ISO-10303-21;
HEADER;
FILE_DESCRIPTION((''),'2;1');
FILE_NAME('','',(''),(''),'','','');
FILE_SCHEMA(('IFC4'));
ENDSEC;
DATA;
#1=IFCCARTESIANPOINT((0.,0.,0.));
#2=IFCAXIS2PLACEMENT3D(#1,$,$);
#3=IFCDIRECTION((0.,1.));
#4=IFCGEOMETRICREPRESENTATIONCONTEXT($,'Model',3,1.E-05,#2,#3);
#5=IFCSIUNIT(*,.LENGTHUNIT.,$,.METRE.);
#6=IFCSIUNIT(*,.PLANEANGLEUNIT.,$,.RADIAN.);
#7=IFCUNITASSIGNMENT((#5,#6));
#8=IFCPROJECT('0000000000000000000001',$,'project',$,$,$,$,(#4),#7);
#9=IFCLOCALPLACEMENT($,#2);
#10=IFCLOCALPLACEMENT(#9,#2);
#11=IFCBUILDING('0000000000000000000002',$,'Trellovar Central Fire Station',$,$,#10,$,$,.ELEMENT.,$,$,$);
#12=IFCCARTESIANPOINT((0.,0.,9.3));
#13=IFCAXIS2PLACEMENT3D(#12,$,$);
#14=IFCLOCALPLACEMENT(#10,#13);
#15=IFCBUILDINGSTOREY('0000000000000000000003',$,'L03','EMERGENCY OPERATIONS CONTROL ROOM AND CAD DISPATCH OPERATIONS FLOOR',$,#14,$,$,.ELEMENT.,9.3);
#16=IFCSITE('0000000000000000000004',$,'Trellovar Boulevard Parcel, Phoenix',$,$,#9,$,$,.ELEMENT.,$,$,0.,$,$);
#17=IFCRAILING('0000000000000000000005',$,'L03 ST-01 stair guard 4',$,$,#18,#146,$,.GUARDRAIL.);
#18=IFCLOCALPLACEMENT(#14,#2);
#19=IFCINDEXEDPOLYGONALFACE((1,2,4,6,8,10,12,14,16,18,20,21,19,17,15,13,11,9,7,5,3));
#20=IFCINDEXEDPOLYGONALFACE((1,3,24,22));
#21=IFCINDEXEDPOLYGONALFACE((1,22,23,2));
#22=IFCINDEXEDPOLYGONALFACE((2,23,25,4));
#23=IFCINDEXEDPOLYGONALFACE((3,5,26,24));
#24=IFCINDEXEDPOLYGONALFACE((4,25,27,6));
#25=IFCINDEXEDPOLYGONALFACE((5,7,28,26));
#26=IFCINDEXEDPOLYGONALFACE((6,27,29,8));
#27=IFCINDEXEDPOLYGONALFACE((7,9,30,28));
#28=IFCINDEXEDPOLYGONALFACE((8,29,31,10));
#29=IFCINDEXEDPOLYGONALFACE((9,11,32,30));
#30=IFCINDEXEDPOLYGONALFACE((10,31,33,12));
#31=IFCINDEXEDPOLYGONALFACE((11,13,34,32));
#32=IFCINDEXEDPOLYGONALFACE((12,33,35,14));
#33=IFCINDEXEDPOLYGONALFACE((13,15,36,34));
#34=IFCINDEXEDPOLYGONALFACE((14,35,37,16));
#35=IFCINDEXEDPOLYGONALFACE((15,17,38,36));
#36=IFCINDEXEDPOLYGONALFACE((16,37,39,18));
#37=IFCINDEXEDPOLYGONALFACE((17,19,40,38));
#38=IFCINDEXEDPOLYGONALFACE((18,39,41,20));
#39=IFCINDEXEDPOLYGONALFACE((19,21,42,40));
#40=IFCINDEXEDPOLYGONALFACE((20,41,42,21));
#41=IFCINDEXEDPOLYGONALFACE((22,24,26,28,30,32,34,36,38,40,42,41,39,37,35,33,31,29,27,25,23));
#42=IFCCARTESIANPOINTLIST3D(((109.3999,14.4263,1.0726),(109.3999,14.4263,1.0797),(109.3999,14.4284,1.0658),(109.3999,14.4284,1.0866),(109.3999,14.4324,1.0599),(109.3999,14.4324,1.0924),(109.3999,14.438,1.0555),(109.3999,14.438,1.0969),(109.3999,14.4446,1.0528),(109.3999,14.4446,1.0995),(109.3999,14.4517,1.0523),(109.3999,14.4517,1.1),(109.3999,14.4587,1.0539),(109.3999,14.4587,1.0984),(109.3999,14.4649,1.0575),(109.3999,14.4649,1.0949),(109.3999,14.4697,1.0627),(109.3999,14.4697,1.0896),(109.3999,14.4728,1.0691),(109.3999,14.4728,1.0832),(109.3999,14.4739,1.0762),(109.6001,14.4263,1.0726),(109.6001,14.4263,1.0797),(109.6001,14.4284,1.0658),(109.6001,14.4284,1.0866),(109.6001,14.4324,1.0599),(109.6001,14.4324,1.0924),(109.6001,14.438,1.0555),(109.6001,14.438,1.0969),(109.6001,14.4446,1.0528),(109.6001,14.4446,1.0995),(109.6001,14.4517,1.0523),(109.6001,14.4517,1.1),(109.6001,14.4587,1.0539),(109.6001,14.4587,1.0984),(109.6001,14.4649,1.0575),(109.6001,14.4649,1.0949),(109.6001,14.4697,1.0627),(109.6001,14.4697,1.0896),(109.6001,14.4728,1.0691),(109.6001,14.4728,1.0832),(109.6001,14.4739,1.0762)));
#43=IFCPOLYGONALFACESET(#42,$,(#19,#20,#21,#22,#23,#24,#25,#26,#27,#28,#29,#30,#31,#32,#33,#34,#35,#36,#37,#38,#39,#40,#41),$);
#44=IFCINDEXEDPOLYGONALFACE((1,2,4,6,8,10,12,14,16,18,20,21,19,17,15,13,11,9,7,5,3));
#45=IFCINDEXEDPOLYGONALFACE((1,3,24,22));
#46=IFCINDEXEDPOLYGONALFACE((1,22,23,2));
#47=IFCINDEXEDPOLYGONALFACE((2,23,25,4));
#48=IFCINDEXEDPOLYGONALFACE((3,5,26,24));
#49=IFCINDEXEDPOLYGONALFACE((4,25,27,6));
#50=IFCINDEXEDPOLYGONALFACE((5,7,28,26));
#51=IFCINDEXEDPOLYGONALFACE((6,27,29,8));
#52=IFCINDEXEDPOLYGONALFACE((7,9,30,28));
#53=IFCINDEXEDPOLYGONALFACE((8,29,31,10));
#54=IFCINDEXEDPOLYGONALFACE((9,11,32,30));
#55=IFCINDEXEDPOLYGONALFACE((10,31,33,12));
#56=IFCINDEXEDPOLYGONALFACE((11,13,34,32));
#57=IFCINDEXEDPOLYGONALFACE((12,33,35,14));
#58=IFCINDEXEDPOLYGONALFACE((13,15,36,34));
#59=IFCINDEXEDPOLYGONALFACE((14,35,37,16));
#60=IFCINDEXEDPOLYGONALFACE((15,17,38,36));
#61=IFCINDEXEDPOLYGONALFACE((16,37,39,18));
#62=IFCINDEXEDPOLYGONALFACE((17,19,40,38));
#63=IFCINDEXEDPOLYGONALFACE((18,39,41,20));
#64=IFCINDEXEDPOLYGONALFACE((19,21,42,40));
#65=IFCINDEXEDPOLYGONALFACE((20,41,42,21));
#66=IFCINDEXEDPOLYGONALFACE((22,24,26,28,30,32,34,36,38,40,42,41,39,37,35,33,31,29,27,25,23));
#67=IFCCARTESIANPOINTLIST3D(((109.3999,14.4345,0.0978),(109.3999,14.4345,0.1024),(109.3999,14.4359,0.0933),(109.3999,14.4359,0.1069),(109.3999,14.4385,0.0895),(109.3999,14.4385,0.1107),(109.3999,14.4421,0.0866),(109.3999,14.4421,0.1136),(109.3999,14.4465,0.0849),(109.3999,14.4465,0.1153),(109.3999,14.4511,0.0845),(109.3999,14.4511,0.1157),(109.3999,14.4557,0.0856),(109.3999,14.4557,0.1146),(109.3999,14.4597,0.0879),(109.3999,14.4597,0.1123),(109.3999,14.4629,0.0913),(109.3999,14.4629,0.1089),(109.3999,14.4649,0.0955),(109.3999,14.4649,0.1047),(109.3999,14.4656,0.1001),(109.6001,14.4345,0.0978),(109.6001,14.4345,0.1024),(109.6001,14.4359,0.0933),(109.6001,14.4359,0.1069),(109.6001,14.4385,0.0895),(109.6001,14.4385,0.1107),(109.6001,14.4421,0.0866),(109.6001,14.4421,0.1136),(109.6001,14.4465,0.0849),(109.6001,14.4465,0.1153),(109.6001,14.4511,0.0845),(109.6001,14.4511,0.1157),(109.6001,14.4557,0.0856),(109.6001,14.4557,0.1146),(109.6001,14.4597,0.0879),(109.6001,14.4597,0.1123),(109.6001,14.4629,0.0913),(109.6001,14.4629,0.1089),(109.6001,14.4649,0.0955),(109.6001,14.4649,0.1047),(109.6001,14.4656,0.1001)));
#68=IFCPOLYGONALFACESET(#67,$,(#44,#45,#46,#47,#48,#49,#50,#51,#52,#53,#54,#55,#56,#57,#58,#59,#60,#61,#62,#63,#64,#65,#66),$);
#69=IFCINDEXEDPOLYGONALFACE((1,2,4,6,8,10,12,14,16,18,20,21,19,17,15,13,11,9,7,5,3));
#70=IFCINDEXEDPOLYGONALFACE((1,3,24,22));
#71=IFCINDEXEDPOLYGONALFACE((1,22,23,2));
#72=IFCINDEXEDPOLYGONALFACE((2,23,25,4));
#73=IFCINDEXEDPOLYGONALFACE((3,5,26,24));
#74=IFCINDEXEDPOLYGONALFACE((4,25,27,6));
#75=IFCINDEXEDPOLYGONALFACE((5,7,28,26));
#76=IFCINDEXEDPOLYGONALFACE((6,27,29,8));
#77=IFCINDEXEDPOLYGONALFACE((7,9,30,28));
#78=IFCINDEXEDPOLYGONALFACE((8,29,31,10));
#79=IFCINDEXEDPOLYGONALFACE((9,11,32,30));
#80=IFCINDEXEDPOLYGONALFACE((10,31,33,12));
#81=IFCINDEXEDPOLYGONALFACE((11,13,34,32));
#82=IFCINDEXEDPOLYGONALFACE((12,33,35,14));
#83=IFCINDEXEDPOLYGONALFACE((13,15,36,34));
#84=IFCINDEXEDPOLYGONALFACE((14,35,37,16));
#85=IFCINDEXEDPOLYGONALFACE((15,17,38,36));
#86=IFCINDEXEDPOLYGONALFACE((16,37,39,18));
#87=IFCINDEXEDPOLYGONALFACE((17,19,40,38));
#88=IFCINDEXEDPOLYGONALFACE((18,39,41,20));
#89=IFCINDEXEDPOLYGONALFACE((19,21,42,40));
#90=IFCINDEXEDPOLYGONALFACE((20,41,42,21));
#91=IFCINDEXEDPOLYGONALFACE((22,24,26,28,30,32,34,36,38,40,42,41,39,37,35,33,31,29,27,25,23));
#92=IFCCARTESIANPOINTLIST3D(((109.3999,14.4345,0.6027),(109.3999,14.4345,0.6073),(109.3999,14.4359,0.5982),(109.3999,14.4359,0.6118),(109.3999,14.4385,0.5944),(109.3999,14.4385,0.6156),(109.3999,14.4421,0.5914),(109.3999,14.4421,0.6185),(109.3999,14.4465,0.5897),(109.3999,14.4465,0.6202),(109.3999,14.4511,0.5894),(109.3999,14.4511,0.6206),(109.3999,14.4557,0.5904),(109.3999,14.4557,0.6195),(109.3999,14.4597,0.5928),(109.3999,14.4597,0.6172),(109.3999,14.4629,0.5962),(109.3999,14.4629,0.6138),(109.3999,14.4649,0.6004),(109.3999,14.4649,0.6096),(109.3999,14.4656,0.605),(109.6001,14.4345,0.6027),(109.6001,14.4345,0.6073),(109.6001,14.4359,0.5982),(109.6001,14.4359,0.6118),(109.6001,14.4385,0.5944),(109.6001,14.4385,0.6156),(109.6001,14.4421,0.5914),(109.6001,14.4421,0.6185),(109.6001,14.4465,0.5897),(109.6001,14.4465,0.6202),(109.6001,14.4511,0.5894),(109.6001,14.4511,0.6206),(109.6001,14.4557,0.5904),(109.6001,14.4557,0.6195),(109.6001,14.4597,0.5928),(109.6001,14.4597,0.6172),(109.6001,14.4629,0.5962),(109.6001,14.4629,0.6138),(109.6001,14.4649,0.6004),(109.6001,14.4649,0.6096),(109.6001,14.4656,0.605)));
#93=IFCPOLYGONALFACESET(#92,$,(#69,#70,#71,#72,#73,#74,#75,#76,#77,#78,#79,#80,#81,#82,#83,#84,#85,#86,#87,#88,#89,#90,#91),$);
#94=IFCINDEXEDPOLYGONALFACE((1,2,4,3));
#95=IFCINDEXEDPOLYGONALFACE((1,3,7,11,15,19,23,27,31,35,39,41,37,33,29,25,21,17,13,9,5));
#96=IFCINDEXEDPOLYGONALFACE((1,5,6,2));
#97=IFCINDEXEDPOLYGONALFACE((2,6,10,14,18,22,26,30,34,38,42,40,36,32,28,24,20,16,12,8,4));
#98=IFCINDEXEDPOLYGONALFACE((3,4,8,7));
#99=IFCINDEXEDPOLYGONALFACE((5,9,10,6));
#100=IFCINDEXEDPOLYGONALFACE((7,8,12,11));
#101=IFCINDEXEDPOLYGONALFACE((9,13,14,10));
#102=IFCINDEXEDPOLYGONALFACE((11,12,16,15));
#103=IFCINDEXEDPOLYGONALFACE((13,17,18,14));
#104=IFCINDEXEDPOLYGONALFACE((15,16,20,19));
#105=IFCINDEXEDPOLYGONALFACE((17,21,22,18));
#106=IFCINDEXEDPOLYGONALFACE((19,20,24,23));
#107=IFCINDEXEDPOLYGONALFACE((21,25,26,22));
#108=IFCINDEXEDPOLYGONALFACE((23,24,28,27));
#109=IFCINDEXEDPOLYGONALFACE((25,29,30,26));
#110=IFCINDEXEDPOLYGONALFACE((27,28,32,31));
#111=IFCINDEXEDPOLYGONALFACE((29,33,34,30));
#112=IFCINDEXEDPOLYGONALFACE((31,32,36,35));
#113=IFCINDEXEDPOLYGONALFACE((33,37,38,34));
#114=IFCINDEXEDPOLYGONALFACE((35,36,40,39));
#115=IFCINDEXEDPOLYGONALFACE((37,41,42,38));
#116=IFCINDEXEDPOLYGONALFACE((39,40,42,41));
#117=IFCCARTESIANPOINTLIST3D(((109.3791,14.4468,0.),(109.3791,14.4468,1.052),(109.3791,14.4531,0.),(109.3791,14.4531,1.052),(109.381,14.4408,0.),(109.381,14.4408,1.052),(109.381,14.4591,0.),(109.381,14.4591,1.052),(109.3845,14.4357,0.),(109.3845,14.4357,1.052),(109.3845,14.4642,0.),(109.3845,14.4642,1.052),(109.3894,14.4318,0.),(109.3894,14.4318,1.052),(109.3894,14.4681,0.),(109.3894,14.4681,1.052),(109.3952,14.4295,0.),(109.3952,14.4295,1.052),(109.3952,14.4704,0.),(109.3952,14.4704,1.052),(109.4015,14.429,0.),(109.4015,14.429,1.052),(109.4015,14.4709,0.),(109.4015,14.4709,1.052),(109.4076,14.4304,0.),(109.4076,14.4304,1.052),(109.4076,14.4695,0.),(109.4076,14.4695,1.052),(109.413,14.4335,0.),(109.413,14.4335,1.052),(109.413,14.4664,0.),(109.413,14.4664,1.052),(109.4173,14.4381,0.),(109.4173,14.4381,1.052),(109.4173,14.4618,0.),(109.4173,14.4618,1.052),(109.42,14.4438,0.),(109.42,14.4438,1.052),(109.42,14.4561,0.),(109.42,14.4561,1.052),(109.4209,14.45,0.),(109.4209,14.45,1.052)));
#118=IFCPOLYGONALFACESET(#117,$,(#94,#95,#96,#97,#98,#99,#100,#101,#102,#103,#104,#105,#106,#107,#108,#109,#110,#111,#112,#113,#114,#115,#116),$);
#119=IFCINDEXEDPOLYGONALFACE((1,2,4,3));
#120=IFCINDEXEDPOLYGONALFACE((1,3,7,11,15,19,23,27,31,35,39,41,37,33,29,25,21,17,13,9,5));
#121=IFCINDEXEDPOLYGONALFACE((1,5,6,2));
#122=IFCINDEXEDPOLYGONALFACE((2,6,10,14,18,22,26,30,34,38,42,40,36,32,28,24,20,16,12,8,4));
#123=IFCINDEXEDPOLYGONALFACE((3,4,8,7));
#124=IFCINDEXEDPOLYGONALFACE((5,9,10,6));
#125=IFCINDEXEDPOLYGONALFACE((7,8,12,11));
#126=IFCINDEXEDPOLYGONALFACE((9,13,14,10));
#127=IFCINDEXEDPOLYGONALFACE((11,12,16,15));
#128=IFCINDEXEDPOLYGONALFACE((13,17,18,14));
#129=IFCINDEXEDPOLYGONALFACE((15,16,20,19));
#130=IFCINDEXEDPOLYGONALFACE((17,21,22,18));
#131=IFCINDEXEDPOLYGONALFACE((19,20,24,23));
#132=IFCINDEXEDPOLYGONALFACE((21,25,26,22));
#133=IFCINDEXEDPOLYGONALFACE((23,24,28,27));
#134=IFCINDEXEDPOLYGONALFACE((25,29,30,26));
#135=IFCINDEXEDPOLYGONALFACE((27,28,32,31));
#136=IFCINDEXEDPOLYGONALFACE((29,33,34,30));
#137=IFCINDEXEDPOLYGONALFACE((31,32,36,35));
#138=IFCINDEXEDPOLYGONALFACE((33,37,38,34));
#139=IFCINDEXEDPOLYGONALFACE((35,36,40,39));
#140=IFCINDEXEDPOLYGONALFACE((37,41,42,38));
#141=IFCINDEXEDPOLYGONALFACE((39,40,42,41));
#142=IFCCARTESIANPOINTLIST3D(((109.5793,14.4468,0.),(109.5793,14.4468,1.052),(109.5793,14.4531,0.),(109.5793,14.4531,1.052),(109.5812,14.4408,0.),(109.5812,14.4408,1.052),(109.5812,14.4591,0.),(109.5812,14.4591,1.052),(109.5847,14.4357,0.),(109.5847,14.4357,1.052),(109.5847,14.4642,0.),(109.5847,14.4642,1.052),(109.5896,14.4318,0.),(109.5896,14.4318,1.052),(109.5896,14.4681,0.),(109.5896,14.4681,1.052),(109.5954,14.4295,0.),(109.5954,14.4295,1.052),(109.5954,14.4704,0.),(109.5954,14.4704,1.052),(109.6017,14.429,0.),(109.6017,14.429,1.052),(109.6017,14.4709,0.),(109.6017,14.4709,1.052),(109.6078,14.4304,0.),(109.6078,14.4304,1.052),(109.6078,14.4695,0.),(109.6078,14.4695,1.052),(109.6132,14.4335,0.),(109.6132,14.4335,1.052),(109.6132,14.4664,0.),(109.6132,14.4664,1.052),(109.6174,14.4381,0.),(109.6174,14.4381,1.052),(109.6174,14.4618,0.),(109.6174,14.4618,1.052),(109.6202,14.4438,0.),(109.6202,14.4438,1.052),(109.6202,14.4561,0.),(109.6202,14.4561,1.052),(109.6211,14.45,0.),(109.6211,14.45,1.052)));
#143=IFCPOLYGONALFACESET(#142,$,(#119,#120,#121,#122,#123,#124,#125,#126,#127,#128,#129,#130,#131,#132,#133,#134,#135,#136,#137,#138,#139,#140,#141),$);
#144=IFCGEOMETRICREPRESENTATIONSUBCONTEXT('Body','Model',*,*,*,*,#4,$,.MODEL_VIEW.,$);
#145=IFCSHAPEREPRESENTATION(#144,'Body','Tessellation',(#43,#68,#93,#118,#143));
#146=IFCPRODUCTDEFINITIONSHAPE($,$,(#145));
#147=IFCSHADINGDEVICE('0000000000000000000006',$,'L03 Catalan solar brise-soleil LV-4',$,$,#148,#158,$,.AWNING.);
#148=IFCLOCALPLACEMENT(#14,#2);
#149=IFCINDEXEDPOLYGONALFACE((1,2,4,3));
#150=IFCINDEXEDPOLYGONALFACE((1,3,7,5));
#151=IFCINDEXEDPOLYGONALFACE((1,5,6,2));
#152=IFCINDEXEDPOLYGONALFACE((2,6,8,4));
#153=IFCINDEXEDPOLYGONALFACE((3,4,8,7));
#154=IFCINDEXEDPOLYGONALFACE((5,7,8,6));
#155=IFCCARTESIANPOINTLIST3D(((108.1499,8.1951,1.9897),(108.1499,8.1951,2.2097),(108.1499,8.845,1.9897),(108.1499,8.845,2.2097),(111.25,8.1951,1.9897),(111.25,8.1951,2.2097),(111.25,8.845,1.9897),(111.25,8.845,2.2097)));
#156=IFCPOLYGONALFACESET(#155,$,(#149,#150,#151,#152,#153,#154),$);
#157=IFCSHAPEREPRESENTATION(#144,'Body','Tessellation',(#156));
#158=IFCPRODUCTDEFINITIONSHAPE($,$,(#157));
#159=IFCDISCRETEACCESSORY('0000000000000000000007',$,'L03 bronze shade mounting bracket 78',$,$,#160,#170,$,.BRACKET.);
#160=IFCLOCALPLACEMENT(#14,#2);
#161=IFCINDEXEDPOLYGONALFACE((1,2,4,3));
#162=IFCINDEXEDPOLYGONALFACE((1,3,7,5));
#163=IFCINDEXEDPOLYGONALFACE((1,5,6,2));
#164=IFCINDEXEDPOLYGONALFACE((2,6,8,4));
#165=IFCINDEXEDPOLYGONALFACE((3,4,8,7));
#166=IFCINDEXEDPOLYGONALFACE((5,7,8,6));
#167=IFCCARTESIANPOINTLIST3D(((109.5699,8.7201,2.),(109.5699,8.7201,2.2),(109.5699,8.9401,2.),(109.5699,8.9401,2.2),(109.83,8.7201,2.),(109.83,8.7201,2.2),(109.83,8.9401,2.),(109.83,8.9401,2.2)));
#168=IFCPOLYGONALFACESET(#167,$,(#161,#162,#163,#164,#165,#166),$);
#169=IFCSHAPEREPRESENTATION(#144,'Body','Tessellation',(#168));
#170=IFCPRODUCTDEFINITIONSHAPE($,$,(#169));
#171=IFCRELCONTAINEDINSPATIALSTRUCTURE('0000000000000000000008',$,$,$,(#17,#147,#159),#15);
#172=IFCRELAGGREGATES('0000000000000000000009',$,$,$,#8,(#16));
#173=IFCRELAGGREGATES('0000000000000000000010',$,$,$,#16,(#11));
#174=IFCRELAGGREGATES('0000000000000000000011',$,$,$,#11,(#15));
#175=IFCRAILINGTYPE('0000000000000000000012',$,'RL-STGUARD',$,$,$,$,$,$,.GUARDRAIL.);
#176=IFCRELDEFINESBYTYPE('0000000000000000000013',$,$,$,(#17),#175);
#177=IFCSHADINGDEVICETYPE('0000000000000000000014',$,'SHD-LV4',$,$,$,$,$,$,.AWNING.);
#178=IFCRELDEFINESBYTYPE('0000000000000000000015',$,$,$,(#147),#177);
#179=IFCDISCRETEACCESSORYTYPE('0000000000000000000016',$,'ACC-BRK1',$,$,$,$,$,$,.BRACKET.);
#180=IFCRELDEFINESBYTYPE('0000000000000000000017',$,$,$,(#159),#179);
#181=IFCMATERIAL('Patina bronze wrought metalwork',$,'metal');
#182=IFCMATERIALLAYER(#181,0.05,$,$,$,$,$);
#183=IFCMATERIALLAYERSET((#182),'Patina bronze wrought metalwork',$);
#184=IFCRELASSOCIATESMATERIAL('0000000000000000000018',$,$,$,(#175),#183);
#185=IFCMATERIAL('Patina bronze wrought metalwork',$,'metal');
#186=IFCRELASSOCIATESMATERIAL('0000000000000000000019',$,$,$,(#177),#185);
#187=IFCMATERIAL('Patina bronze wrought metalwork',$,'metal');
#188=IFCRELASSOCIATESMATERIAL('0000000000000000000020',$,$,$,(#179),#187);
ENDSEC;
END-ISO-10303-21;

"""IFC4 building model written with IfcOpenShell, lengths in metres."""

from ifc_helpers import new_model, si_unit, direction, frame, origin, origin_2d, place, context, subcontext, project, spatial, rectangle, circle, extrude, material, layer, layer_set, type_object, element, save


model = new_model("IFC4")

# Units and contexts
model_context = context("Model", 3, precision=1e-05, world=origin(), true_north=direction((0.0, 1.0)))
body_context = subcontext(model_context, "Body", "Model", "MODEL_VIEW")
ifc_project = project(units=[si_unit("LENGTHUNIT", "METRE"), si_unit("PLANEANGLEUNIT", "RADIAN")], contexts=[model_context])

# Site, building, storey
site_placement = place(None, origin())
site = spatial("IfcSite", under=ifc_project, at=site_placement, Name="Trellovar Boulevard Parcel, Phoenix", CompositionType="ELEMENT", RefElevation=0.0)
building_placement = place(site_placement, origin())
building = spatial("IfcBuilding", under=site, at=building_placement, Name="Trellovar Central Fire Station", CompositionType="ELEMENT")
storey_placement = place(building_placement, frame((0.0, 0.0, 9.3)))
storey = spatial("IfcBuildingStorey", under=building, at=storey_placement, Name="L03", Description="EMERGENCY OPERATIONS CONTROL ROOM AND CAD DISPATCH OPERATIONS FLOOR", CompositionType="ELEMENT", Elevation=9.3)

# Railing
ifc_material_1 = material(Name="Patina bronze wrought metalwork", Category="metal")
ifc_layer_1 = layer(ifc_material_1, 0.05)
ifc_layer_set_1 = layer_set([ifc_layer_1], Name="Patina bronze wrought metalwork")
railing_type_1 = type_object("IfcRailingType", Name="RL-STGUARD", PredefinedType="GUARDRAIL", material=ifc_layer_set_1)
railing_1_placement = place(storey_placement, frame((109.3999, 14.45, 0.0)))
element("IfcRailing", 1, at=railing_1_placement, inside=storey, type_object=railing_type_1, Name="L03 ST-01 stair guard 4", PredefinedType="GUARDRAIL", context=body_context, shape_type="SweptSolid", body=[
    extrude(circle(Radius=0.0239, at=origin_2d()), frame((0.0, 0.0, 1.0762), z_axis=(1.0, 0.0, 0.0), x_axis=(0.0, 1.0, 0.0)), (0.0, 0.0, 1.0), 0.2002),
    extrude(circle(Radius=0.0156, at=origin_2d()), frame((0.0, 0.0, 0.1001), z_axis=(1.0, 0.0, 0.0), x_axis=(0.0, 1.0, 0.0)), (0.0, 0.0, 1.0), 0.2002),
    extrude(circle(Radius=0.0156, at=origin_2d()), frame((0.0, 0.0, 0.605), z_axis=(1.0, 0.0, 0.0), x_axis=(0.0, 1.0, 0.0)), (0.0, 0.0, 1.0), 0.2002),
    extrude(circle(Radius=0.021, at=origin_2d()), origin(), (0.0, 0.0, 1.0), 1.052),
    extrude(circle(Radius=0.021, at=origin_2d()), frame((0.2002, 0.0, 0.0)), (0.0, 0.0, 1.0), 1.052),
])

# Shading device
ifc_material_2 = material(Name="Patina bronze wrought metalwork", Category="metal")
shading_device_type = type_object("IfcShadingDeviceType", Name="SHD-LV4", PredefinedType="AWNING", material=ifc_material_2)
shading_device_placement = place(storey_placement, frame((109.7, 8.52, 1.9897), z_axis=(0.0, 0.0, 1.0), x_axis=(1.0, 0.0, 0.0)))
element("IfcShadingDevice", 2, at=shading_device_placement, inside=storey, type_object=shading_device_type, Name="L03 Catalan solar brise-soleil LV-4", PredefinedType="AWNING", context=body_context, shape_type="SweptSolid", body=[
    extrude(rectangle(XDim=3.1001, YDim=0.6499, at=origin_2d()), origin(), (0.0, 0.0, 1.0), 0.22),
])

# Discrete accessory
ifc_material_3 = material(Name="Patina bronze wrought metalwork", Category="metal")
discrete_accessory_type = type_object("IfcDiscreteAccessoryType", Name="ACC-BRK1", PredefinedType="BRACKET", material=ifc_material_3)
discrete_accessory_placement = place(storey_placement, frame((109.7, 8.8301, 2.0), z_axis=(0.0, 0.0, 1.0), x_axis=(1.0, 0.0, 0.0)))
element("IfcDiscreteAccessory", 3, at=discrete_accessory_placement, inside=storey, type_object=discrete_accessory_type, Name="L03 bronze shade mounting bracket 78", PredefinedType="BRACKET", context=body_context, shape_type="SweptSolid", body=[
    extrude(rectangle(XDim=0.26, YDim=0.22, at=origin_2d()), origin(), (0.0, 0.0, 1.0), 0.2),
])

save(model, "model.ifc")
